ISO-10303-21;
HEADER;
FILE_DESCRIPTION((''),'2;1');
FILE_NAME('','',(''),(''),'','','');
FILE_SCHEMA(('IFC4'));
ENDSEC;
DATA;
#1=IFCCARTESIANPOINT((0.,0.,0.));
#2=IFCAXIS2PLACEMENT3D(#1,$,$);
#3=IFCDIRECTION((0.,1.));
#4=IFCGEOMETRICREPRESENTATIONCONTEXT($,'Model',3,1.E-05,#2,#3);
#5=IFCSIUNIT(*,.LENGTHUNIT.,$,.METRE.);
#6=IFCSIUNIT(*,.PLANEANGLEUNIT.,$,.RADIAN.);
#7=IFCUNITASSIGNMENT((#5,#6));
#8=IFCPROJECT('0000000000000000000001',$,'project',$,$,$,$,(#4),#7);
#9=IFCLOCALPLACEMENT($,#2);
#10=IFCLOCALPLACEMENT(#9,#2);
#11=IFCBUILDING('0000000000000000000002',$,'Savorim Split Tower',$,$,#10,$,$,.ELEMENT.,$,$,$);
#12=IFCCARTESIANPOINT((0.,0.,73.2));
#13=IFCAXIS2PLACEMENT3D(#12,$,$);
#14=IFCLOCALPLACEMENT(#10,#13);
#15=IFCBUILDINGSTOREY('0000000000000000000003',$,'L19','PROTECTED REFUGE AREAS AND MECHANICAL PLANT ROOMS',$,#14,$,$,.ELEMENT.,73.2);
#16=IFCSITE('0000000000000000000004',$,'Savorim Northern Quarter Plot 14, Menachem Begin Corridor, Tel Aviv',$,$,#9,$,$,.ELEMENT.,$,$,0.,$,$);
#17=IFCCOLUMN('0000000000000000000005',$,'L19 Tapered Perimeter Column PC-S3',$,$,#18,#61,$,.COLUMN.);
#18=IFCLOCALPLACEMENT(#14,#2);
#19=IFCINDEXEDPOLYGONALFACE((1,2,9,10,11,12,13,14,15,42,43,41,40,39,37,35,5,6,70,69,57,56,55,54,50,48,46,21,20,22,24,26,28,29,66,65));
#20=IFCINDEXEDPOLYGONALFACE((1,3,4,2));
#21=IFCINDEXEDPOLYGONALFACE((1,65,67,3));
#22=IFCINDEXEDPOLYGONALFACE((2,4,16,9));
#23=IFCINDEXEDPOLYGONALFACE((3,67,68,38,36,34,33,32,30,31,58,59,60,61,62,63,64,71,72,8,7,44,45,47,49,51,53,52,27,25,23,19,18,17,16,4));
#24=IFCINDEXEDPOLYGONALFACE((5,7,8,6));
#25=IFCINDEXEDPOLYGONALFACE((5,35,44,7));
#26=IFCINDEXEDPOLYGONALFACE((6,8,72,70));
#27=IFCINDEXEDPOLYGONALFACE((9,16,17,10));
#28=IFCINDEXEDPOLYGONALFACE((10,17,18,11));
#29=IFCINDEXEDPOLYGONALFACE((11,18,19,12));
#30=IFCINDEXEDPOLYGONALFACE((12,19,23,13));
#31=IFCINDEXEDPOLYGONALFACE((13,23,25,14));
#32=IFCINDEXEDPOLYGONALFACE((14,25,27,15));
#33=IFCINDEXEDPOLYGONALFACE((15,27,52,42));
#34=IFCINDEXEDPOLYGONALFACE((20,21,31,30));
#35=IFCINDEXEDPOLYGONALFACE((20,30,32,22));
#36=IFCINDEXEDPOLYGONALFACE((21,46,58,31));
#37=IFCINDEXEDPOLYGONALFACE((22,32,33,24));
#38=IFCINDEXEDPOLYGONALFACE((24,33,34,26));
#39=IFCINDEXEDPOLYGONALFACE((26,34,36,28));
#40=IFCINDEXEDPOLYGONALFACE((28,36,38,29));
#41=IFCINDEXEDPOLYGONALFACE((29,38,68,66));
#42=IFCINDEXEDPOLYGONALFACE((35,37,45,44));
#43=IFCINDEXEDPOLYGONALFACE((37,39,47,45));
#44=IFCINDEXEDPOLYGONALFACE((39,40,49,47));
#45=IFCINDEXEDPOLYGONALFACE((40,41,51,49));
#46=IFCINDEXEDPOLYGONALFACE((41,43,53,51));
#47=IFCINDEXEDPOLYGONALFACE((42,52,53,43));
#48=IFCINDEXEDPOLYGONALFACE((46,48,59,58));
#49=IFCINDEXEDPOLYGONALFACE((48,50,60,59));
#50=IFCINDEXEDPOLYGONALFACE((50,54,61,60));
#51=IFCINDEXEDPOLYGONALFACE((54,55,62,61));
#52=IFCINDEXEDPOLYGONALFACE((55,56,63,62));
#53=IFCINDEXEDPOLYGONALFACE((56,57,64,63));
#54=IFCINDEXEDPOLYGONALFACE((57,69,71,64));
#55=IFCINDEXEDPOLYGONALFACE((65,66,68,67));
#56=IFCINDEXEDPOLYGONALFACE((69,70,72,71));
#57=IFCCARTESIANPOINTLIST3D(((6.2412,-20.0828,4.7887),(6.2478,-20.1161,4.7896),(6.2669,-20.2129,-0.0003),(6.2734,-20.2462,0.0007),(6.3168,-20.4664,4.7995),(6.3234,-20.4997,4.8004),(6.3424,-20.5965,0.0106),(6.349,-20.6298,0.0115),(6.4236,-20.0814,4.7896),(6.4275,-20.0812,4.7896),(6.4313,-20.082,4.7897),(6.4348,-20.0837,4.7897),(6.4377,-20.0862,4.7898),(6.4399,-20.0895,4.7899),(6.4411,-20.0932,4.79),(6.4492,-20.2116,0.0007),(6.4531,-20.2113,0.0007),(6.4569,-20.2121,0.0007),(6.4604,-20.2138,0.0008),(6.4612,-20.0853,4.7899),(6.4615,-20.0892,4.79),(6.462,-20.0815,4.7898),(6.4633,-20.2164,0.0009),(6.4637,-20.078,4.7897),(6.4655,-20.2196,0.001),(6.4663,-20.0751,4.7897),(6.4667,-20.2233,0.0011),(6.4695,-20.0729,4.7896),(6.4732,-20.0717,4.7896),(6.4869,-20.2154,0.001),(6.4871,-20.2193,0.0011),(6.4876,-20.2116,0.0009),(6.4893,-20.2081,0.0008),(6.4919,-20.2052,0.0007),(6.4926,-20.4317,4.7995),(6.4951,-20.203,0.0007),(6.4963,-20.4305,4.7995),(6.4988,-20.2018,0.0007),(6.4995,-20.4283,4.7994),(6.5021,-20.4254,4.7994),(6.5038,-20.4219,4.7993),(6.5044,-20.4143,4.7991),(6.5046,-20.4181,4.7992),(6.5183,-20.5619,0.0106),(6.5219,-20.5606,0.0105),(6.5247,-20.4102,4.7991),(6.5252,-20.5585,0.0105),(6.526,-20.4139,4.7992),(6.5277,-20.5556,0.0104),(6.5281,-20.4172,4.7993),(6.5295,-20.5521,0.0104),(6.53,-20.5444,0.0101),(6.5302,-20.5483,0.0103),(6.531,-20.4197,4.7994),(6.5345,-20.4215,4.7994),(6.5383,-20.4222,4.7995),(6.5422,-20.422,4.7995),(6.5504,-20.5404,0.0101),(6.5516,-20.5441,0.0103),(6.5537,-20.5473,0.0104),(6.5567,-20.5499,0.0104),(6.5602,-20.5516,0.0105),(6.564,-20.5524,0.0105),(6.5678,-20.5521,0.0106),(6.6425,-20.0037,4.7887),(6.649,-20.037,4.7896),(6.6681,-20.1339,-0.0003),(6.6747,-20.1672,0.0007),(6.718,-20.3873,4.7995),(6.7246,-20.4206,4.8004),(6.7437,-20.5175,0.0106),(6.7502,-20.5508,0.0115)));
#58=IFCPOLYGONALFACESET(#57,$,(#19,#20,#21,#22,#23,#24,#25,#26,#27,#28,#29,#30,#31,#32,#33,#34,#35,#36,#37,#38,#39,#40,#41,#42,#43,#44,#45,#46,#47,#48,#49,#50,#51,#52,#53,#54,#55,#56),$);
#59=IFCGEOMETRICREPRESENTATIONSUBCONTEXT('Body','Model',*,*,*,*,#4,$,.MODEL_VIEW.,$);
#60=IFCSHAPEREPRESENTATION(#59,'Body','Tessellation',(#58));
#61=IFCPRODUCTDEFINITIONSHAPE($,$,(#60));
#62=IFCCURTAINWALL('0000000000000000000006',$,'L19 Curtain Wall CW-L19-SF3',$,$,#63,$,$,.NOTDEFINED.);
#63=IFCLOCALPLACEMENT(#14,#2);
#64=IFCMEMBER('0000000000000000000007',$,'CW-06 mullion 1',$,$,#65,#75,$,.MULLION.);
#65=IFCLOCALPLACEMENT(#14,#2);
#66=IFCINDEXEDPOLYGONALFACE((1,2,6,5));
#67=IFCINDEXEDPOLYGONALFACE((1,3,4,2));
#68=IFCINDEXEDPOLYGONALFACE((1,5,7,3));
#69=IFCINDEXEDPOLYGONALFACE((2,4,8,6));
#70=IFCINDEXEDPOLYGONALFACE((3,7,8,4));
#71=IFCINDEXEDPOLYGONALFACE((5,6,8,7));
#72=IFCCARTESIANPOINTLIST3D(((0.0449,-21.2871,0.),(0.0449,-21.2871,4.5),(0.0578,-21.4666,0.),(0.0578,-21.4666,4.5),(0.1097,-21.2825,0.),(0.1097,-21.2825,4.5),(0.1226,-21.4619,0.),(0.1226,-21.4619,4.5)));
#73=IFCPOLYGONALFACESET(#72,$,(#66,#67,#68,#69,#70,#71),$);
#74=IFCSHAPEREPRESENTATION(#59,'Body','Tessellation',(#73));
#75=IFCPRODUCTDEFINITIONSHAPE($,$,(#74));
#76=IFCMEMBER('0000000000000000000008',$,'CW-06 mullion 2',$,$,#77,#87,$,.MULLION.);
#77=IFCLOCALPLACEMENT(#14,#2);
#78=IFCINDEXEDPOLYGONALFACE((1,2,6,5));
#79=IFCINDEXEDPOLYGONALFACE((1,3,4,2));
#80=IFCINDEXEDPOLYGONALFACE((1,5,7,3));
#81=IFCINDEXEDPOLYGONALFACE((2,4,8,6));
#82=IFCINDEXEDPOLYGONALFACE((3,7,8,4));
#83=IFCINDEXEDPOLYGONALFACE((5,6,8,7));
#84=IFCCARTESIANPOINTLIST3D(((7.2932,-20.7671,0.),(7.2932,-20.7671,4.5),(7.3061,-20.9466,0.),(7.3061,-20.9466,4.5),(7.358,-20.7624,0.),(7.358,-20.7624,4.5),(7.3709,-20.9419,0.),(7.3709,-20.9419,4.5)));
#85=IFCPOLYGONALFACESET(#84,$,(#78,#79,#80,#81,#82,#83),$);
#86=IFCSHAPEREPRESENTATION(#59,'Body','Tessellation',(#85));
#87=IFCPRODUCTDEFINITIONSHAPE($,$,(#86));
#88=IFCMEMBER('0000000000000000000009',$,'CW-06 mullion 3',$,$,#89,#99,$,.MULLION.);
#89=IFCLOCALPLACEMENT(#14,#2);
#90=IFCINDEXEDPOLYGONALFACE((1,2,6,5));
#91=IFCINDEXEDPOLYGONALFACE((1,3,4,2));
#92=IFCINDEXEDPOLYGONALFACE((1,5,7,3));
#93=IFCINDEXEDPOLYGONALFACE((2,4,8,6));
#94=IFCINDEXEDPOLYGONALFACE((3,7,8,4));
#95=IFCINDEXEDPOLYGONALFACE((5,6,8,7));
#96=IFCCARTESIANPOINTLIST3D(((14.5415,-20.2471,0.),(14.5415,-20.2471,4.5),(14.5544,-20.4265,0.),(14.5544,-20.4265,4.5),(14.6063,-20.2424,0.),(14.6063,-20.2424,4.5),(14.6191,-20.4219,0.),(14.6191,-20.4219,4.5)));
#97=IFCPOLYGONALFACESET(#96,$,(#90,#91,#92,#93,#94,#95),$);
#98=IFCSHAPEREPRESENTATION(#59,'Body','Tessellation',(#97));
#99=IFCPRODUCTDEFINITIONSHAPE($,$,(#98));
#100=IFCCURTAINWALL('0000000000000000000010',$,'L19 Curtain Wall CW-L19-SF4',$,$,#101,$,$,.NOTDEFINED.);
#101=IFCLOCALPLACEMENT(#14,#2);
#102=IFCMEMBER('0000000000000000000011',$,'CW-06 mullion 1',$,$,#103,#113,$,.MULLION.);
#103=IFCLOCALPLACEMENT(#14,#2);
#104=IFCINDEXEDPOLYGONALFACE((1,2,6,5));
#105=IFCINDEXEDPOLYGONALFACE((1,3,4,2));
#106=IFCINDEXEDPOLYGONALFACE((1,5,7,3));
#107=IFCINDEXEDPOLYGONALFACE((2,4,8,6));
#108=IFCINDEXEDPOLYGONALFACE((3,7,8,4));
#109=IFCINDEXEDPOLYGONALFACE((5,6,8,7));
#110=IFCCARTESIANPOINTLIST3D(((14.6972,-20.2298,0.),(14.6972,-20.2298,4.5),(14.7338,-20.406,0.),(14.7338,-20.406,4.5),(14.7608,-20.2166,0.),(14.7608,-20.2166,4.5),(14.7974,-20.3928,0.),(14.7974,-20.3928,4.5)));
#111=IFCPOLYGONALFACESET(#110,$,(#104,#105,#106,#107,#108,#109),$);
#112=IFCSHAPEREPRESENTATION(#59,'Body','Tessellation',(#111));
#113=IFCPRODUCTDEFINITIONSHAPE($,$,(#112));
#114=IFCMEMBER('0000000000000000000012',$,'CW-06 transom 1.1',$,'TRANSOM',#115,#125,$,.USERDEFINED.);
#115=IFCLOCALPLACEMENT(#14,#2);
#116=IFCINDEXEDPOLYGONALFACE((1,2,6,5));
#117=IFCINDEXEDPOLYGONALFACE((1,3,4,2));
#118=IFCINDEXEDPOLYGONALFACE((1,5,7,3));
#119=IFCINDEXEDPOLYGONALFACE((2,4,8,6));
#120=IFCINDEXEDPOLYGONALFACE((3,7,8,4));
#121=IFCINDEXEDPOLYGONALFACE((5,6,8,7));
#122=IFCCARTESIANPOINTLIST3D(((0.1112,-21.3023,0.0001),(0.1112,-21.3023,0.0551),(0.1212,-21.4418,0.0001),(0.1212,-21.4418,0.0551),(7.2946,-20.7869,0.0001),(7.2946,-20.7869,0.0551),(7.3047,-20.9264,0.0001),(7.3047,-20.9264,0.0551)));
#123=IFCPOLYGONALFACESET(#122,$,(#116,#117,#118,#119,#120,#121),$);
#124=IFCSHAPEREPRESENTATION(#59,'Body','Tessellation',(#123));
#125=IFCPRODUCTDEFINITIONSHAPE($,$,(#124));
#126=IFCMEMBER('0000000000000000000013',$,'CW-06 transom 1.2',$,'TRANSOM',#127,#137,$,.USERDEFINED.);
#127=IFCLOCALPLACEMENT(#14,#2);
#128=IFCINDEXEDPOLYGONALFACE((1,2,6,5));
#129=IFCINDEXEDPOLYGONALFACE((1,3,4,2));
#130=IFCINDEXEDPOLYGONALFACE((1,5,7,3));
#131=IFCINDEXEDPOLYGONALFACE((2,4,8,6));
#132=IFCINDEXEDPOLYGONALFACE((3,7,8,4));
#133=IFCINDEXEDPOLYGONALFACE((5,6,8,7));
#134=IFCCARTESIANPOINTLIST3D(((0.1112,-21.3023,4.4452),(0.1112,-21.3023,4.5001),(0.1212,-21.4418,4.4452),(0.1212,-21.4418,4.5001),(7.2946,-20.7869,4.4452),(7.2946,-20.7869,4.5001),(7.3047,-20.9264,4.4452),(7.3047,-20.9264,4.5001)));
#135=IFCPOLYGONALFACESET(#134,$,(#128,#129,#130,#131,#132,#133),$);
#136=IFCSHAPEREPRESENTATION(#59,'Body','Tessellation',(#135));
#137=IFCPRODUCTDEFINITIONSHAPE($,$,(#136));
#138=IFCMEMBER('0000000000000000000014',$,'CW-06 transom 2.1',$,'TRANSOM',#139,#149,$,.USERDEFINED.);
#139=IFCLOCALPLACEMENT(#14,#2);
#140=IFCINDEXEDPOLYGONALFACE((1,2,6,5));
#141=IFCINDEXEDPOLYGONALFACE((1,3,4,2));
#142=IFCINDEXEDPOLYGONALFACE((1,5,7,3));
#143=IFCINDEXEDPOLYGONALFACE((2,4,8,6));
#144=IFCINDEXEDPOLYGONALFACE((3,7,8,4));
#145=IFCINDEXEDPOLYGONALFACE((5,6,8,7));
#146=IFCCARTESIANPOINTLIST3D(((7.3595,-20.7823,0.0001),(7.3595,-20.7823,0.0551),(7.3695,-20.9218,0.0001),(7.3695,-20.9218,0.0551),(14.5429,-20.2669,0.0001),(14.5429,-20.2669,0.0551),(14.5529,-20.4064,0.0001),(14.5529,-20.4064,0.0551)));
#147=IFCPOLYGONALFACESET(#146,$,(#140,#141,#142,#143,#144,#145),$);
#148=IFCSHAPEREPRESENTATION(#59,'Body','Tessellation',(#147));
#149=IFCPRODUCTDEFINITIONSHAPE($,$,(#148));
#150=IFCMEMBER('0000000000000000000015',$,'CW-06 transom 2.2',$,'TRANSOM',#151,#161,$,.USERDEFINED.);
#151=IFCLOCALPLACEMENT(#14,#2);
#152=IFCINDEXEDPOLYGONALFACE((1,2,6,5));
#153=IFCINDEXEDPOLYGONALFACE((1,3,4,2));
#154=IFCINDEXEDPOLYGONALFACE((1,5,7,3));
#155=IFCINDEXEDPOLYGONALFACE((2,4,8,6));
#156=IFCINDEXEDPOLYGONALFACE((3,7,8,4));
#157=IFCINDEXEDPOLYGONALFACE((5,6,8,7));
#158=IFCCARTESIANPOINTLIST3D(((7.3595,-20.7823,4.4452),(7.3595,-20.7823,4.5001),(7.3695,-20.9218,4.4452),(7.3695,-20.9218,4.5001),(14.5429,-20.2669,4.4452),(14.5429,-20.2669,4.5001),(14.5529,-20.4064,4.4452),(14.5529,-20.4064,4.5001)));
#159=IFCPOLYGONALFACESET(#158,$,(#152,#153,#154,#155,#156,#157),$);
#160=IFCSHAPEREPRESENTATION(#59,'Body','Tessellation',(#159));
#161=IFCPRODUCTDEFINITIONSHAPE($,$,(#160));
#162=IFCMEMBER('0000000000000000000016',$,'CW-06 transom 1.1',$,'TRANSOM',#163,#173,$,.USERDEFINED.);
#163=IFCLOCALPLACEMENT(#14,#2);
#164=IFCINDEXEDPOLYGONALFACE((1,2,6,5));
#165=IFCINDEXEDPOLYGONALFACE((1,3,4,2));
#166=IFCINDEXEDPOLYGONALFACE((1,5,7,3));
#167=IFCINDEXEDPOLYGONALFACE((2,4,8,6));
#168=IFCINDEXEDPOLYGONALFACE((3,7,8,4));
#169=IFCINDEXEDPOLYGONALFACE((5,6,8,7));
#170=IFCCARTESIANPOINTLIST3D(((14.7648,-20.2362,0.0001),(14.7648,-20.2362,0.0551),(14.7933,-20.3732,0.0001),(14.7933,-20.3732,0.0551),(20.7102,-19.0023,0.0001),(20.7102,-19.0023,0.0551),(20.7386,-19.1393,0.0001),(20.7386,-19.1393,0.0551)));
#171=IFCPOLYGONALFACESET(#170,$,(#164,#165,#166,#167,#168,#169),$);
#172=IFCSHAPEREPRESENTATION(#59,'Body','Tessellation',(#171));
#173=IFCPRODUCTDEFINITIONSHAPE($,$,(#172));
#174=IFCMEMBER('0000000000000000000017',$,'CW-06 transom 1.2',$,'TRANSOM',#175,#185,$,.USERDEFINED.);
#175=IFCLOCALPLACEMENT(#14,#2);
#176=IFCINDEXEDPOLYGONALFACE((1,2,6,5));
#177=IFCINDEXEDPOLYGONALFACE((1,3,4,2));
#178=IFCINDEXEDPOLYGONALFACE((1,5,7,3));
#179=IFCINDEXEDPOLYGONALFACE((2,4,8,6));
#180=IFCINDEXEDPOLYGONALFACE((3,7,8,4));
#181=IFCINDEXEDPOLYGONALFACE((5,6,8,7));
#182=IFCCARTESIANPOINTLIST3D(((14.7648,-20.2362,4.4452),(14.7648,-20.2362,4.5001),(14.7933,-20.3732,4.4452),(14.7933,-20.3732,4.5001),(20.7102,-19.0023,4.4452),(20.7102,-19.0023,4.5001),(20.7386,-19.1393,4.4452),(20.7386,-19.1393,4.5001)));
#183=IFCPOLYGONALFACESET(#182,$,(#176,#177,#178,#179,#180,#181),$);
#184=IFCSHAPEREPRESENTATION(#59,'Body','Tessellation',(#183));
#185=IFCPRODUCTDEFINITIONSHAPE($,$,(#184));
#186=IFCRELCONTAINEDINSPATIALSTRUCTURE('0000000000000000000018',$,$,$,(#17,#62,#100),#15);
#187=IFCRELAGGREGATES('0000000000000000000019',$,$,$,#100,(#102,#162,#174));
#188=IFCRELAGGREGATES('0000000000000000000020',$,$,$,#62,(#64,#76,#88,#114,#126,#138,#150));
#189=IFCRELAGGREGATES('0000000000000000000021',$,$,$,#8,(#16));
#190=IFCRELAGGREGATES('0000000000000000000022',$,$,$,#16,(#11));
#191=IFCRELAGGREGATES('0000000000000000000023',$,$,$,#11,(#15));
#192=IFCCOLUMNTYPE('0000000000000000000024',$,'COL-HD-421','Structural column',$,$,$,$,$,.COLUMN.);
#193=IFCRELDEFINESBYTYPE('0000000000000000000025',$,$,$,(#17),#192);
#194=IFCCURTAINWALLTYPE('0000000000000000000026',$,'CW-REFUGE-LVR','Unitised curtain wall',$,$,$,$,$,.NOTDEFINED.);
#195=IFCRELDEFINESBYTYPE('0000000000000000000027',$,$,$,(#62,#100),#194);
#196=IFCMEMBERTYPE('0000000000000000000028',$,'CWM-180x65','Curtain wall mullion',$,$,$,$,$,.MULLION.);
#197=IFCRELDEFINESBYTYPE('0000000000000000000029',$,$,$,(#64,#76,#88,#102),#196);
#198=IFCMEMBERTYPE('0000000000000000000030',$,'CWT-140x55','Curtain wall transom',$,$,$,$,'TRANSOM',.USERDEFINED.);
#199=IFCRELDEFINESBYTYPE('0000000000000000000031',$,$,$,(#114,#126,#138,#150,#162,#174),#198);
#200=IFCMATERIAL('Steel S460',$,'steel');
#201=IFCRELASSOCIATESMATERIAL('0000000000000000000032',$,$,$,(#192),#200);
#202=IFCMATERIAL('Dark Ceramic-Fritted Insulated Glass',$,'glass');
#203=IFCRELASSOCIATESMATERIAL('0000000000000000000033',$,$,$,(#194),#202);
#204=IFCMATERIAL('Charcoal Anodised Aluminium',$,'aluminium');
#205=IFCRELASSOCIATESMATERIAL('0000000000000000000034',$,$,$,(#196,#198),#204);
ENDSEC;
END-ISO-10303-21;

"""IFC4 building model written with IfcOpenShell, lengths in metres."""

from ifc_helpers import new_model, si_unit, direction, frame, origin, origin_2d, place, context, subcontext, project, spatial, rectangle, i_section, extrude, material, material_profile, profile_set, type_object, element, aggregate, save


model = new_model("IFC4")

# Units and contexts
model_context = context("Model", 3, precision=1e-05, world=origin(), true_north=direction((0.0, 1.0)))
body_context = subcontext(model_context, "Body", "Model", "MODEL_VIEW")
ifc_project = project(units=[si_unit("LENGTHUNIT", "METRE"), si_unit("PLANEANGLEUNIT", "RADIAN")], contexts=[model_context])

# Site, building, storey
site_placement = place(None, origin())
site = spatial("IfcSite", under=ifc_project, at=site_placement, Name="Savorim Northern Quarter Plot 14, Menachem Begin Corridor, Tel Aviv", CompositionType="ELEMENT", RefElevation=0.0)
building_placement = place(site_placement, origin())
building = spatial("IfcBuilding", under=site, at=building_placement, Name="Savorim Split Tower", CompositionType="ELEMENT")
storey_placement = place(building_placement, frame((0.0, 0.0, 73.2)))
storey = spatial("IfcBuildingStorey", under=building, at=storey_placement, Name="L19", Description="PROTECTED REFUGE AREAS AND MECHANICAL PLANT ROOMS", CompositionType="ELEMENT", Elevation=73.2)

# Column
ifc_material_1 = material(Name="Steel S460", Category="steel")
ifc_material_profile_1 = material_profile(ifc_material_1, i_section(OverallWidth=0.4089, OverallDepth=0.425, WebThickness=0.0208, FlangeThickness=0.0339, FilletRadius=0.0149, at=origin_2d()), Name="HD 400x421")
ifc_profile_set_1 = profile_set([ifc_material_profile_1], Name="Steel S460")
column_type = type_object("IfcColumnType", Name="COL-HD-421", Description="Structural column", PredefinedType="COLUMN", material=ifc_profile_set_1)
column_placement = place(storey_placement, frame((6.5085, -20.3818, 0.0056), z_axis=(-0.005351, 0.027163, 0.999617), x_axis=(-0.981143, -0.193283, 0.0)))
element("IfcColumn", 1, at=column_placement, inside=storey, type_object=column_type, Name="L19 Tapered Perimeter Column PC-S3", PredefinedType="COLUMN", context=body_context, shape_type="SweptSolid", body=[
    extrude(i_section(OverallWidth=0.4089, OverallDepth=0.425, WebThickness=0.0208, FlangeThickness=0.0339, FilletRadius=0.0149, at=origin_2d()), origin(), (0.0, 0.0, 1.0), 4.7908),
])

# Curtain wall, members
ifc_material_2 = material(Name="Dark Ceramic-Fritted Insulated Glass", Category="glass")
curtain_wall_type = type_object("IfcCurtainWallType", Name="CW-REFUGE-LVR", Description="Unitised curtain wall", PredefinedType="NOTDEFINED", material=ifc_material_2)
curtain_wall_1_placement = place(storey_placement, origin())
curtain_wall_1 = element("IfcCurtainWall", 2, at=curtain_wall_1_placement, inside=storey, type_object=curtain_wall_type, Name="L19 Curtain Wall CW-L19-SF3", PredefinedType="NOTDEFINED")
ifc_material_3 = material(Name="Charcoal Anodised Aluminium", Category="aluminium")
ifc_material_profile_2 = material_profile(ifc_material_3, rectangle(XDim=0.1799, YDim=0.0649, at=origin_2d()), Name="ALU-M 180x65")
ifc_profile_set_2 = profile_set([ifc_material_profile_2], Name="Charcoal Anodised Aluminium")
member_type_1 = type_object("IfcMemberType", Name="CWM-180x65", Description="Curtain wall mullion", PredefinedType="MULLION", material=ifc_profile_set_2)
member_1_placement = place(storey_placement, frame((0.0837, -21.3745, 0.0), z_axis=(0.0, 0.0, 1.0), x_axis=(-0.071561, 0.997436, 0.0)))
member_1 = element("IfcMember", 3, at=member_1_placement, type_object=member_type_1, Name="CW-06 mullion 1", PredefinedType="MULLION", context=body_context, shape_type="SweptSolid", body=[
    extrude(rectangle(XDim=0.1799, YDim=0.0649, at=origin_2d()), origin(), (0.0, 0.0, 1.0), 4.5),
])
member_2_placement = place(storey_placement, frame((7.332, -20.8545, 0.0), z_axis=(0.0, 0.0, 1.0), x_axis=(-0.071561, 0.997436, 0.0)))
member_2 = element("IfcMember", 4, at=member_2_placement, type_object=member_type_1, Name="CW-06 mullion 2", PredefinedType="MULLION", context=body_context, shape_type="SweptSolid", body=[
    extrude(rectangle(XDim=0.1799, YDim=0.0649, at=origin_2d()), origin(), (0.0, 0.0, 1.0), 4.5),
])
member_3_placement = place(storey_placement, frame((14.5803, -20.3345, 0.0), z_axis=(0.0, 0.0, 1.0), x_axis=(-0.071561, 0.997436, 0.0)))
member_3 = element("IfcMember", 5, at=member_3_placement, type_object=member_type_1, Name="CW-06 mullion 3", PredefinedType="MULLION", context=body_context, shape_type="SweptSolid", body=[
    extrude(rectangle(XDim=0.1799, YDim=0.0649, at=origin_2d()), origin(), (0.0, 0.0, 1.0), 4.5),
])

# Curtain wall, member
curtain_wall_2_placement = place(storey_placement, origin())
curtain_wall_2 = element("IfcCurtainWall", 6, at=curtain_wall_2_placement, inside=storey, type_object=curtain_wall_type, Name="L19 Curtain Wall CW-L19-SF4", PredefinedType="NOTDEFINED")
member_4_placement = place(storey_placement, frame((14.7473, -20.3113, 0.0), z_axis=(0.0, 0.0, 1.0), x_axis=(-0.20321, 0.979135, 0.0)))
member_4 = element("IfcMember", 7, at=member_4_placement, type_object=member_type_1, Name="CW-06 mullion 1", PredefinedType="MULLION", context=body_context, shape_type="SweptSolid", body=[
    extrude(rectangle(XDim=0.1799, YDim=0.0649, at=origin_2d()), origin(), (0.0, 0.0, 1.0), 4.5),
])

# Members
ifc_material_profile_3 = material_profile(ifc_material_3, rectangle(XDim=0.1399, YDim=0.0549, at=origin_2d()), Name="ALU-T 140x55")
ifc_profile_set_3 = profile_set([ifc_material_profile_3], Name="Charcoal Anodised Aluminium")
member_type_2 = type_object("IfcMemberType", Name="CWT-140x55", Description="Curtain wall transom", ElementType="TRANSOM", PredefinedType="USERDEFINED", material=ifc_profile_set_3)
member_5_placement = place(storey_placement, frame((0.1162, -21.3721, 0.0276), z_axis=(0.997436, 0.071563, 0.0), x_axis=(-0.071563, 0.997436, 0.0)))
member_5 = element("IfcMember", 8, at=member_5_placement, type_object=member_type_2, Name="CW-06 transom 1.1", ObjectType="TRANSOM", PredefinedType="USERDEFINED", context=body_context, shape_type="SweptSolid", body=[
    extrude(rectangle(XDim=0.1399, YDim=0.0549, at=origin_2d()), origin(), (0.0, 0.0, 1.0), 7.2019),
])
member_6_placement = place(storey_placement, frame((0.1162, -21.3721, 4.4727), z_axis=(0.997436, 0.071563, 0.0), x_axis=(-0.071563, 0.997436, 0.0)))
member_6 = element("IfcMember", 9, at=member_6_placement, type_object=member_type_2, Name="CW-06 transom 1.2", ObjectType="TRANSOM", PredefinedType="USERDEFINED", context=body_context, shape_type="SweptSolid", body=[
    extrude(rectangle(XDim=0.1399, YDim=0.0549, at=origin_2d()), origin(), (0.0, 0.0, 1.0), 7.2019),
])
member_7_placement = place(storey_placement, frame((7.3645, -20.8521, 0.0276), z_axis=(0.997436, 0.071563, 0.0), x_axis=(-0.071563, 0.997436, 0.0)))
member_7 = element("IfcMember", 10, at=member_7_placement, type_object=member_type_2, Name="CW-06 transom 2.1", ObjectType="TRANSOM", PredefinedType="USERDEFINED", context=body_context, shape_type="SweptSolid", body=[
    extrude(rectangle(XDim=0.1399, YDim=0.0549, at=origin_2d()), origin(), (0.0, 0.0, 1.0), 7.2019),
])
member_8_placement = place(storey_placement, frame((7.3645, -20.8521, 4.4727), z_axis=(0.997436, 0.071563, 0.0), x_axis=(-0.071563, 0.997436, 0.0)))
member_8 = element("IfcMember", 11, at=member_8_placement, type_object=member_type_2, Name="CW-06 transom 2.2", ObjectType="TRANSOM", PredefinedType="USERDEFINED", context=body_context, shape_type="SweptSolid", body=[
    extrude(rectangle(XDim=0.1399, YDim=0.0549, at=origin_2d()), origin(), (0.0, 0.0, 1.0), 7.2019),
])
member_9_placement = place(storey_placement, frame((14.7791, -20.3047, 0.0276), z_axis=(0.979135, 0.203209, 0.0), x_axis=(-0.203209, 0.979135, 0.0)))
member_9 = element("IfcMember", 12, at=member_9_placement, type_object=member_type_2, Name="CW-06 transom 1.1", ObjectType="TRANSOM", PredefinedType="USERDEFINED", context=body_context, shape_type="SweptSolid", body=[
    extrude(rectangle(XDim=0.1399, YDim=0.0549, at=origin_2d()), origin(), (0.0, 0.0, 1.0), 6.072),
])
member_10_placement = place(storey_placement, frame((14.7791, -20.3047, 4.4727), z_axis=(0.979135, 0.203209, 0.0), x_axis=(-0.203209, 0.979135, 0.0)))
member_10 = element("IfcMember", 13, at=member_10_placement, type_object=member_type_2, Name="CW-06 transom 1.2", ObjectType="TRANSOM", PredefinedType="USERDEFINED", context=body_context, shape_type="SweptSolid", body=[
    extrude(rectangle(XDim=0.1399, YDim=0.0549, at=origin_2d()), origin(), (0.0, 0.0, 1.0), 6.072),
])
aggregate(curtain_wall_2, [member_4, member_9, member_10])

aggregate(curtain_wall_1, [member_1, member_2, member_3, member_5, member_6, member_7, member_8])

save(model, "model.ifc")
